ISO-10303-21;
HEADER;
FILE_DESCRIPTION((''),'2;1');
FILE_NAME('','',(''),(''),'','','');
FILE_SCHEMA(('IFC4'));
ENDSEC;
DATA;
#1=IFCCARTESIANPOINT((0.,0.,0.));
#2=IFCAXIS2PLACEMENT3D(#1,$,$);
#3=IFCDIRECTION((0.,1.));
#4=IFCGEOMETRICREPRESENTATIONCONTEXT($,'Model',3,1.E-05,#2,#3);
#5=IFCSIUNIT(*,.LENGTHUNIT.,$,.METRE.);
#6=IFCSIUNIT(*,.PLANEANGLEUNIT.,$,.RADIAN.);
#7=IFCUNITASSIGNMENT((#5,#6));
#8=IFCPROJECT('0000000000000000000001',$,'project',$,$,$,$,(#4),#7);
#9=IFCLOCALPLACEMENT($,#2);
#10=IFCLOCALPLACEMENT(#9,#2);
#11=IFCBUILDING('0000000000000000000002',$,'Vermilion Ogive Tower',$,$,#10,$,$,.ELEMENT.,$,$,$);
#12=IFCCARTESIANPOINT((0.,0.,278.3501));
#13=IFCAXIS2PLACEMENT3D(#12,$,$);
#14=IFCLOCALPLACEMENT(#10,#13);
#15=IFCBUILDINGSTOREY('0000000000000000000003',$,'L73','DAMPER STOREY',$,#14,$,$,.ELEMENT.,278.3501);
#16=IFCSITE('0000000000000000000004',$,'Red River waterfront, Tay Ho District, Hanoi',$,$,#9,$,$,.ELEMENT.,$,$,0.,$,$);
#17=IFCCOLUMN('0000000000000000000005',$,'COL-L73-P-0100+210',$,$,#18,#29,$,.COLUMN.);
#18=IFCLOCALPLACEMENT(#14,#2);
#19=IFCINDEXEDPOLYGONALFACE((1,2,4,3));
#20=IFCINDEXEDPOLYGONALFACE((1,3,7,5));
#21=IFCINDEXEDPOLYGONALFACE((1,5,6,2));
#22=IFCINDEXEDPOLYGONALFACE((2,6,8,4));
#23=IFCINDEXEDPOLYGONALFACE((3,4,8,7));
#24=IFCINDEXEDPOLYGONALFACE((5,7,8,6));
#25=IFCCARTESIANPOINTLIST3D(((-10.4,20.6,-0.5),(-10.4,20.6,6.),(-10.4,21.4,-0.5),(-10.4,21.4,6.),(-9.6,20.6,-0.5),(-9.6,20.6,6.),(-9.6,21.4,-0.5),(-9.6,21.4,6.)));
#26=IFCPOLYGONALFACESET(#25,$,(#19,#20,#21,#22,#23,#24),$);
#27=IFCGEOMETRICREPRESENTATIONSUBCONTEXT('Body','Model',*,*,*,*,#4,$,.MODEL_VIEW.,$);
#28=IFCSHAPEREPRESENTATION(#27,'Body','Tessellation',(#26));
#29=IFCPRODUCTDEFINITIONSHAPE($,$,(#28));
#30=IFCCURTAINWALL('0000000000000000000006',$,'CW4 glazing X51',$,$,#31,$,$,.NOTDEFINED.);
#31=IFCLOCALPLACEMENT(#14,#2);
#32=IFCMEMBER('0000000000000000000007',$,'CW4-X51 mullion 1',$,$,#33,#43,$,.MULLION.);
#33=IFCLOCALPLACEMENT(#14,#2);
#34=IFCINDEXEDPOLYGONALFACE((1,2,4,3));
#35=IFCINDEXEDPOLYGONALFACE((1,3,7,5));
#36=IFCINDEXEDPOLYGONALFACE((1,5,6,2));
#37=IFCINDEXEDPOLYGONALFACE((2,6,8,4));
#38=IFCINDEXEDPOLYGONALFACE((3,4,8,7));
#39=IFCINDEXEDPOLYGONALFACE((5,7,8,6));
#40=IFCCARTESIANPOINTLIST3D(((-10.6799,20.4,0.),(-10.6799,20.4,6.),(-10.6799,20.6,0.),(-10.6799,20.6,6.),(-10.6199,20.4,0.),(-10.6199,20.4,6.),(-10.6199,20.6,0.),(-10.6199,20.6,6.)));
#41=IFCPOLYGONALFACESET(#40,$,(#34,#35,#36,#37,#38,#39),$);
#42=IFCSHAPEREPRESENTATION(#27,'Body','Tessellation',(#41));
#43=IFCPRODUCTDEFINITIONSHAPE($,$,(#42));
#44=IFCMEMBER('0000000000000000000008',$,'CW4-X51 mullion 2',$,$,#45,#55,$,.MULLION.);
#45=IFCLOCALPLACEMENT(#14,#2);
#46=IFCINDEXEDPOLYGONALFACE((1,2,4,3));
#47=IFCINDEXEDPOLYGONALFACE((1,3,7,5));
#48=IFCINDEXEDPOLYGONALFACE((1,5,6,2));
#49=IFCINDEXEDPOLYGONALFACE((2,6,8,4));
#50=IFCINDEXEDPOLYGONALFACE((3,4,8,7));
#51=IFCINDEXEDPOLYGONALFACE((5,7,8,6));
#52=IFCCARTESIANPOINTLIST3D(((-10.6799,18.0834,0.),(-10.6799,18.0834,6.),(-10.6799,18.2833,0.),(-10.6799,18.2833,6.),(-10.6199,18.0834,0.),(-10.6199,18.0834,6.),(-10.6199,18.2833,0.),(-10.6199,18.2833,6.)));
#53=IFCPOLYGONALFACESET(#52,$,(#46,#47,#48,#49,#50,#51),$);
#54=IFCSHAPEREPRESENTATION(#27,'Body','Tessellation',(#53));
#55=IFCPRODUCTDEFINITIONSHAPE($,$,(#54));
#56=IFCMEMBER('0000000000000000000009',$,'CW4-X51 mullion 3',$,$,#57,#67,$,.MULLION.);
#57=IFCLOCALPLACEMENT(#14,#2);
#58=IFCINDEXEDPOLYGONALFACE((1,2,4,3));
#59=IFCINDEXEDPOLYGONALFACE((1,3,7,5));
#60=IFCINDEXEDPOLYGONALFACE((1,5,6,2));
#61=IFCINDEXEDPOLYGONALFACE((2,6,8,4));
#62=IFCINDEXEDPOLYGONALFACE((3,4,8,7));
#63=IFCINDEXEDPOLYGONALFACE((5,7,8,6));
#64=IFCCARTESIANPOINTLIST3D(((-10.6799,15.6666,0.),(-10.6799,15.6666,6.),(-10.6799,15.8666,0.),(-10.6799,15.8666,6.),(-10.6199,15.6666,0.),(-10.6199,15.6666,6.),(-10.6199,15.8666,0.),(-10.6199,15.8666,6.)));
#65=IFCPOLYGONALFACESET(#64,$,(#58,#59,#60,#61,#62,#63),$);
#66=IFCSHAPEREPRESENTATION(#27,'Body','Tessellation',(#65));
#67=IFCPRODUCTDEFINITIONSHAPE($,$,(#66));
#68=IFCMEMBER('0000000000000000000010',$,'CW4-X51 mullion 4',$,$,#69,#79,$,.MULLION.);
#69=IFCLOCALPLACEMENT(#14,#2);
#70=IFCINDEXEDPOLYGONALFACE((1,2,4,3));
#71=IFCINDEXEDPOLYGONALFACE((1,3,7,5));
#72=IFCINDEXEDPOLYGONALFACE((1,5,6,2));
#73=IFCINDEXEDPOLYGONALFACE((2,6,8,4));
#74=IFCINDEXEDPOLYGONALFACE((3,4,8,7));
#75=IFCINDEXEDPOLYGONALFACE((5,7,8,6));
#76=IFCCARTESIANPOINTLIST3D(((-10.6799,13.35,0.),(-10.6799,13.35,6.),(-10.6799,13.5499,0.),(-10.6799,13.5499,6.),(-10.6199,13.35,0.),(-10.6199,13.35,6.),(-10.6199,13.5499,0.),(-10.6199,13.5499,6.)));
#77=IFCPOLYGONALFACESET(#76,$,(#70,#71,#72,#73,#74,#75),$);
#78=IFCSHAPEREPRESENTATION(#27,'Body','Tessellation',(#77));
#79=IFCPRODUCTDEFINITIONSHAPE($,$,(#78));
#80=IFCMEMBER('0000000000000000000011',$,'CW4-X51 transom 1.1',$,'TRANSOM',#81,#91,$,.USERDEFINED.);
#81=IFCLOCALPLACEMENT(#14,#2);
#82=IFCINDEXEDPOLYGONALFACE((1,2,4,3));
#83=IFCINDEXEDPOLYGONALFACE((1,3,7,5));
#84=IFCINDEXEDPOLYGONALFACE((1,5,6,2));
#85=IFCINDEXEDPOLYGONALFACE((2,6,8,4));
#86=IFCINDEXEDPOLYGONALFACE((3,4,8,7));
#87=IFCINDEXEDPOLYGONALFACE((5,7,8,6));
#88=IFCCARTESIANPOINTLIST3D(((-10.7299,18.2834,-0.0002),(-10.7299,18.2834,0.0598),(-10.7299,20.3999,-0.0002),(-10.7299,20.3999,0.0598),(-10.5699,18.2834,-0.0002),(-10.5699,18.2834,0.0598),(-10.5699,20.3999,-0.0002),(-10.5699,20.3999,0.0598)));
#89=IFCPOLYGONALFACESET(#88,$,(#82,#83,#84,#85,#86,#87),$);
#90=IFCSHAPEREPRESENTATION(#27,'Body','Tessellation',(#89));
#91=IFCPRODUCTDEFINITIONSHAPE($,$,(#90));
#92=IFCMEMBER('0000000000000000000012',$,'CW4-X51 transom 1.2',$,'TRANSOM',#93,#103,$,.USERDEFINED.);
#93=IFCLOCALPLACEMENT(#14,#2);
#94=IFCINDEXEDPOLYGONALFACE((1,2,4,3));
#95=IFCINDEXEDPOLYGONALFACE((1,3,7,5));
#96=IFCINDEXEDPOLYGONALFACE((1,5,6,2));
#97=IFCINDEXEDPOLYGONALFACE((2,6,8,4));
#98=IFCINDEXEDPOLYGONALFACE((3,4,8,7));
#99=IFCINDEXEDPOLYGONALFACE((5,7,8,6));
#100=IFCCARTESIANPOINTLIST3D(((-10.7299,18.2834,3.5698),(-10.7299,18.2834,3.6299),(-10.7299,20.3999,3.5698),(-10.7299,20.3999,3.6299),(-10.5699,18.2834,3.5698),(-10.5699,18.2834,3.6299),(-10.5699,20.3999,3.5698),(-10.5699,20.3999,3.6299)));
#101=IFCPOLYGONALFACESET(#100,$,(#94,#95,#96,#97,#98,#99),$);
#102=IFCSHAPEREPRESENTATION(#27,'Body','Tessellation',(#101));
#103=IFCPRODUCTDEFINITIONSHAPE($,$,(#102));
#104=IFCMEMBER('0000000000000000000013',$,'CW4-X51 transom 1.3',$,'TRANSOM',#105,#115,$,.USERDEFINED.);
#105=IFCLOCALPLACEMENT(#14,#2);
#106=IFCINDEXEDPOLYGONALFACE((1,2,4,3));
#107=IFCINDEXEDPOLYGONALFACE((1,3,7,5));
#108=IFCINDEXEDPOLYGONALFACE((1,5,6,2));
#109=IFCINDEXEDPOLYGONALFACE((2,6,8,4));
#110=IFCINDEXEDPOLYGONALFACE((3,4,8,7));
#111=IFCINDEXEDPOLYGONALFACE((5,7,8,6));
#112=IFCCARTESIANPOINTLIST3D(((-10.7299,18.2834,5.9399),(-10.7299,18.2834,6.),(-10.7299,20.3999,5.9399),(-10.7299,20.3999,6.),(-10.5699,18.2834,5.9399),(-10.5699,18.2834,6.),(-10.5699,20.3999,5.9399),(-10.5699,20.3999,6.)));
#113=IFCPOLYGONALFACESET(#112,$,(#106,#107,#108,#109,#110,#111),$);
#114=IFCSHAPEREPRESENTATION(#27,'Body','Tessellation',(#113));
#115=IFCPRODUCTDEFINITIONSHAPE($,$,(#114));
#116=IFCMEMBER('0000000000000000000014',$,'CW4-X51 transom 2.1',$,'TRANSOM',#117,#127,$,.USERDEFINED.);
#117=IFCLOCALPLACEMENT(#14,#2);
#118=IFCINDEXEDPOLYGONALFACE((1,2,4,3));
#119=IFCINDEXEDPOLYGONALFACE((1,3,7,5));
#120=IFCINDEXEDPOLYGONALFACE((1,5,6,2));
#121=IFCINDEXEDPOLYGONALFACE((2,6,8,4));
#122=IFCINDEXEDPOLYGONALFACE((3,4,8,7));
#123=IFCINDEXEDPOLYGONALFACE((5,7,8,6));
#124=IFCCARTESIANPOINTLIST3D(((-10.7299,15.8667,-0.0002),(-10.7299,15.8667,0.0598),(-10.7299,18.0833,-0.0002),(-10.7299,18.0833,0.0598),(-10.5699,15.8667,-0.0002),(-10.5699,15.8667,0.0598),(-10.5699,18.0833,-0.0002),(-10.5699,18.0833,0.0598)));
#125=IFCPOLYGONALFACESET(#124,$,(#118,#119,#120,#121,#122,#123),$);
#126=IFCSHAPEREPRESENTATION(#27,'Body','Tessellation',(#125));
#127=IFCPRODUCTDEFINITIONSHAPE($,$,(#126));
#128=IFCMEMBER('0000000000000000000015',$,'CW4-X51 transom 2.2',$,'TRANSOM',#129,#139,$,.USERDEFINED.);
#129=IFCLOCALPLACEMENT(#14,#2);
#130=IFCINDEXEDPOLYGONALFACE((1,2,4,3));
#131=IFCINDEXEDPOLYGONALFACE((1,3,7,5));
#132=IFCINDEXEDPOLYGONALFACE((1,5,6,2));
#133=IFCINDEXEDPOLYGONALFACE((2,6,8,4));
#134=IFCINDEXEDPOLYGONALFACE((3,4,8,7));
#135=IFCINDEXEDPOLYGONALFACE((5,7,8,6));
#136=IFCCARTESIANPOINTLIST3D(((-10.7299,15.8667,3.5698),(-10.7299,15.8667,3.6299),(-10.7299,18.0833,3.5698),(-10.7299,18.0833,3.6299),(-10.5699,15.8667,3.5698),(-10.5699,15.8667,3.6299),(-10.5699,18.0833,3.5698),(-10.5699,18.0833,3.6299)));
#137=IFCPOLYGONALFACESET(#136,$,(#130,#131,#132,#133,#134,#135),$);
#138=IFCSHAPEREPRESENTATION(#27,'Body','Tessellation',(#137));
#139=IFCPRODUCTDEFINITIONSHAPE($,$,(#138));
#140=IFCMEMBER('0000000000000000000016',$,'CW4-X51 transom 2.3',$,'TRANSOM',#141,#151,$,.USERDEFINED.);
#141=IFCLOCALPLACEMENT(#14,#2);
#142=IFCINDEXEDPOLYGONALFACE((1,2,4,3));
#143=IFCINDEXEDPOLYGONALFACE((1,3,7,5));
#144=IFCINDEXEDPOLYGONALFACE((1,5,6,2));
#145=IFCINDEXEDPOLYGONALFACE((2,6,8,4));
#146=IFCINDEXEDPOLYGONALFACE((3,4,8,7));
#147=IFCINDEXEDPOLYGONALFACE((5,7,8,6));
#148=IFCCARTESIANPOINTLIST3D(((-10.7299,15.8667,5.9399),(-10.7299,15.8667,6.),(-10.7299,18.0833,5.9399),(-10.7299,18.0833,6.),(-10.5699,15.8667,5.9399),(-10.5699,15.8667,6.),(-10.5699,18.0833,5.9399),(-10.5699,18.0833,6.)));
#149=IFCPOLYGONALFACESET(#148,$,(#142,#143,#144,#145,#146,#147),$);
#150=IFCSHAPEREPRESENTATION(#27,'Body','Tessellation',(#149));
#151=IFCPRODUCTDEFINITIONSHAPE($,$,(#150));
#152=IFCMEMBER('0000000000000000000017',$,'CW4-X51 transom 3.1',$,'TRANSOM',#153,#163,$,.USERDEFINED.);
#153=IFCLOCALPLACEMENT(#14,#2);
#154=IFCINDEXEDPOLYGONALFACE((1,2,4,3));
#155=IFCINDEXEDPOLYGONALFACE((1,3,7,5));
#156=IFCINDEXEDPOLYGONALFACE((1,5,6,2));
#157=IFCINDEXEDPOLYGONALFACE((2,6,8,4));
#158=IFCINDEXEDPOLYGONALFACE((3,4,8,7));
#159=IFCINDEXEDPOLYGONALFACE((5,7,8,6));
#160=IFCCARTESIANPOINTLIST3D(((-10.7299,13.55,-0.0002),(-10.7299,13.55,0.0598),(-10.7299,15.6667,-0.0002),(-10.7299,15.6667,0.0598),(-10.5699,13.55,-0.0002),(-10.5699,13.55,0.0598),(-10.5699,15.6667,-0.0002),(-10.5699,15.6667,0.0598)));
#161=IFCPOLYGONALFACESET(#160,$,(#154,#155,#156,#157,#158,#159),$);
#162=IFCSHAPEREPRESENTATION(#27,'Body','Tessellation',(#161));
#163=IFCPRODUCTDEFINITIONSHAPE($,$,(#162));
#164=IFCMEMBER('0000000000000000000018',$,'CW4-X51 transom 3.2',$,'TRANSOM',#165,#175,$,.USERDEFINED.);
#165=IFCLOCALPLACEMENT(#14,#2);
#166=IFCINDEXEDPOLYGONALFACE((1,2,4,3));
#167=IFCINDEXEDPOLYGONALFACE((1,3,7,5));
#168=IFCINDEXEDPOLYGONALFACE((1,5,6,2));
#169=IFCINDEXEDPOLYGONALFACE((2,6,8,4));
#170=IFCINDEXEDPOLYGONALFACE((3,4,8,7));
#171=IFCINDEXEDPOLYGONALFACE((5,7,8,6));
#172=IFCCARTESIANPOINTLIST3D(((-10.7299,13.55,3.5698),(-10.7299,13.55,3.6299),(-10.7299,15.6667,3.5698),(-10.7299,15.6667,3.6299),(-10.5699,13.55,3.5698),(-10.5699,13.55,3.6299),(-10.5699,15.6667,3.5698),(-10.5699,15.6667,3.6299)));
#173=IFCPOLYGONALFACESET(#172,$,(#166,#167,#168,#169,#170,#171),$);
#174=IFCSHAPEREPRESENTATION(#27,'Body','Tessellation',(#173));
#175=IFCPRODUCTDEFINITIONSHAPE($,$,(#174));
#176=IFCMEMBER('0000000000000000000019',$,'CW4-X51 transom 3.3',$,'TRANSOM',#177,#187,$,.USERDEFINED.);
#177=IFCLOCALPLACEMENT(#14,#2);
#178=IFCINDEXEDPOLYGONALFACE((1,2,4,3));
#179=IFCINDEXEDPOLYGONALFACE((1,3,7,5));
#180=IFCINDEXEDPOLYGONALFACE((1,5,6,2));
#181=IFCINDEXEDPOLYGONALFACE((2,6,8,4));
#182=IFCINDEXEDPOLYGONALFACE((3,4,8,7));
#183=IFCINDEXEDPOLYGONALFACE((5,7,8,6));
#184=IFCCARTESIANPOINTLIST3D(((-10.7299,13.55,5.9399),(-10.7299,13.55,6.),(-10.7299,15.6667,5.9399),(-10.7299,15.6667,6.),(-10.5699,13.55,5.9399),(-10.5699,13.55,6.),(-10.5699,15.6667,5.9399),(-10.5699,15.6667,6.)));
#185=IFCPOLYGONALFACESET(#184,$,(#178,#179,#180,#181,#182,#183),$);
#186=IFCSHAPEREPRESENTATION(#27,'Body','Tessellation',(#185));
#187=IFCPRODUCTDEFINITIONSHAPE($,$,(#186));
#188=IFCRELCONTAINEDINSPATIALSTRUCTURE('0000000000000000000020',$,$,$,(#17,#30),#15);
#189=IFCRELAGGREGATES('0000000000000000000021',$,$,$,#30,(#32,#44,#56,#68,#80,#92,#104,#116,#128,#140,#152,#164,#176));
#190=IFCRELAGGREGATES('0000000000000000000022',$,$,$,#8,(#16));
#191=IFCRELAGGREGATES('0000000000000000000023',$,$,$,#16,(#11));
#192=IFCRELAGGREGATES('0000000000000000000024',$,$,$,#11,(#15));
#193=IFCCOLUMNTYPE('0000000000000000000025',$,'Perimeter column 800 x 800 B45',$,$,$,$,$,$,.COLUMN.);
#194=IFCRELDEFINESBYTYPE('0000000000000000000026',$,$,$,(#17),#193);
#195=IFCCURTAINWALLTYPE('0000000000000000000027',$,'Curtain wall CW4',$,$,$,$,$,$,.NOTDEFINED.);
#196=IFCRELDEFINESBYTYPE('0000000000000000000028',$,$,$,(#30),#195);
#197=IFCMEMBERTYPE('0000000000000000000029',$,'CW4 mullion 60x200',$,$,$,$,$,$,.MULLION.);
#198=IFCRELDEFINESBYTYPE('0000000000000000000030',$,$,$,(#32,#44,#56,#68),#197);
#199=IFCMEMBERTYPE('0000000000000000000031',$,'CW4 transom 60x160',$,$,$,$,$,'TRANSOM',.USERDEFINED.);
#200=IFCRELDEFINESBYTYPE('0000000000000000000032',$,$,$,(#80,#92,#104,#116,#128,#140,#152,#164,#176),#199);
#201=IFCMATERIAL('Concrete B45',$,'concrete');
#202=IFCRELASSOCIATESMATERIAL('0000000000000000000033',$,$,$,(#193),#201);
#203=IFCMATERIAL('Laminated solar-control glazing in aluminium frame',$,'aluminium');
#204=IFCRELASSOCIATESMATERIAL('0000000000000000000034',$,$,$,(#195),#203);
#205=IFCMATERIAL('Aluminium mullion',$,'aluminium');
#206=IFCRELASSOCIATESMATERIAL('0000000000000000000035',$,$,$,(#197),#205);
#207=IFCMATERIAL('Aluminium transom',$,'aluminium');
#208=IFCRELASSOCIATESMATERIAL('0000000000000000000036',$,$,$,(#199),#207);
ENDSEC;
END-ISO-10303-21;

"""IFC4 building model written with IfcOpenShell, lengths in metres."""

from ifc_helpers import new_model, si_unit, direction, frame, origin, origin_2d, place, context, subcontext, project, spatial, rectangle, extrude, material, material_profile, profile_set, type_object, element, aggregate, save


model = new_model("IFC4")

# Units and contexts
model_context = context("Model", 3, precision=1e-05, world=origin(), true_north=direction((0.0, 1.0)))
body_context = subcontext(model_context, "Body", "Model", "MODEL_VIEW")
ifc_project = project(units=[si_unit("LENGTHUNIT", "METRE"), si_unit("PLANEANGLEUNIT", "RADIAN")], contexts=[model_context])

# Site, building, storey
site_placement = place(None, origin())
site = spatial("IfcSite", under=ifc_project, at=site_placement, Name="Red River waterfront, Tay Ho District, Hanoi", CompositionType="ELEMENT", RefElevation=0.0)
building_placement = place(site_placement, origin())
building = spatial("IfcBuilding", under=site, at=building_placement, Name="Vermilion Ogive Tower", CompositionType="ELEMENT")
storey_placement = place(building_placement, frame((0.0, 0.0, 278.3501)))
storey = spatial("IfcBuildingStorey", under=building, at=storey_placement, Name="L73", Description="DAMPER STOREY", CompositionType="ELEMENT", Elevation=278.3501)

# Column
ifc_material_1 = material(Name="Concrete B45", Category="concrete")
ifc_material_profile_1 = material_profile(ifc_material_1, rectangle(XDim=0.8, YDim=0.8, at=origin_2d()), Name="800 x 800")
ifc_profile_set_1 = profile_set([ifc_material_profile_1], Name="Concrete B45")
column_type = type_object("IfcColumnType", Name="Perimeter column 800 x 800 B45", PredefinedType="COLUMN", material=ifc_profile_set_1)
column_placement = place(storey_placement, frame((-10.0, 21.0, -0.5), z_axis=(0.0, 0.0, 1.0), x_axis=(1.0, 0.0, 0.0)))
element("IfcColumn", 1, at=column_placement, inside=storey, type_object=column_type, Name="COL-L73-P-0100+210", PredefinedType="COLUMN", context=body_context, shape_type="SweptSolid", body=[
    extrude(rectangle(XDim=0.8, YDim=0.8, at=origin_2d()), origin(), (0.0, 0.0, 1.0), 6.5),
])

# Curtain wall, members
ifc_material_2 = material(Name="Laminated solar-control glazing in aluminium frame", Category="aluminium")
curtain_wall_type = type_object("IfcCurtainWallType", Name="Curtain wall CW4", PredefinedType="NOTDEFINED", material=ifc_material_2)
curtain_wall_placement = place(storey_placement, origin())
curtain_wall = element("IfcCurtainWall", 2, at=curtain_wall_placement, inside=storey, type_object=curtain_wall_type, Name="CW4 glazing X51", PredefinedType="NOTDEFINED")
ifc_material_3 = material(Name="Aluminium mullion", Category="aluminium")
ifc_material_profile_2 = material_profile(ifc_material_3, rectangle(XDim=0.0601, YDim=0.2, at=origin_2d()), Name="AL 60x200")
ifc_profile_set_2 = profile_set([ifc_material_profile_2], Name="Aluminium mullion")
member_type_1 = type_object("IfcMemberType", Name="CW4 mullion 60x200", PredefinedType="MULLION", material=ifc_profile_set_2)
member_1_placement = place(storey_placement, frame((-10.6499, 20.5, 0.0), z_axis=(0.0, 0.0, 1.0), x_axis=(1.0, 0.0, 0.0)))
member_1 = element("IfcMember", 3, at=member_1_placement, type_object=member_type_1, Name="CW4-X51 mullion 1", PredefinedType="MULLION", context=body_context, shape_type="SweptSolid", body=[
    extrude(rectangle(XDim=0.0601, YDim=0.2, at=origin_2d()), origin(), (0.0, 0.0, 1.0), 6.0),
])
member_2_placement = place(storey_placement, frame((-10.6499, 18.1833, 0.0), z_axis=(0.0, 0.0, 1.0), x_axis=(1.0, 0.0, 0.0)))
member_2 = element("IfcMember", 4, at=member_2_placement, type_object=member_type_1, Name="CW4-X51 mullion 2", PredefinedType="MULLION", context=body_context, shape_type="SweptSolid", body=[
    extrude(rectangle(XDim=0.0601, YDim=0.2, at=origin_2d()), origin(), (0.0, 0.0, 1.0), 6.0),
])
member_3_placement = place(storey_placement, frame((-10.6499, 15.7666, 0.0), z_axis=(0.0, 0.0, 1.0), x_axis=(1.0, 0.0, 0.0)))
member_3 = element("IfcMember", 5, at=member_3_placement, type_object=member_type_1, Name="CW4-X51 mullion 3", PredefinedType="MULLION", context=body_context, shape_type="SweptSolid", body=[
    extrude(rectangle(XDim=0.0601, YDim=0.2, at=origin_2d()), origin(), (0.0, 0.0, 1.0), 6.0),
])
member_4_placement = place(storey_placement, frame((-10.6499, 13.45, 0.0), z_axis=(0.0, 0.0, 1.0), x_axis=(1.0, 0.0, 0.0)))
member_4 = element("IfcMember", 6, at=member_4_placement, type_object=member_type_1, Name="CW4-X51 mullion 4", PredefinedType="MULLION", context=body_context, shape_type="SweptSolid", body=[
    extrude(rectangle(XDim=0.0601, YDim=0.2, at=origin_2d()), origin(), (0.0, 0.0, 1.0), 6.0),
])
ifc_material_4 = material(Name="Aluminium transom", Category="aluminium")
ifc_material_profile_3 = material_profile(ifc_material_4, rectangle(XDim=0.1599, YDim=0.0601, at=origin_2d()), Name="AL 60x160")
ifc_profile_set_3 = profile_set([ifc_material_profile_3], Name="Aluminium transom")
member_type_2 = type_object("IfcMemberType", Name="CW4 transom 60x160", ElementType="TRANSOM", PredefinedType="USERDEFINED", material=ifc_profile_set_3)
member_5_placement = place(storey_placement, frame((-10.6499, 20.3999, 0.0298), z_axis=(0.0, -1.0, 0.0), x_axis=(1.0, 0.0, 0.0)))
member_5 = element("IfcMember", 7, at=member_5_placement, type_object=member_type_2, Name="CW4-X51 transom 1.1", ObjectType="TRANSOM", PredefinedType="USERDEFINED", context=body_context, shape_type="SweptSolid", body=[
    extrude(rectangle(XDim=0.1599, YDim=0.0601, at=origin_2d()), origin(), (0.0, 0.0, 1.0), 2.1165),
])
member_6_placement = place(storey_placement, frame((-10.6499, 20.3999, 3.5999), z_axis=(0.0, -1.0, 0.0), x_axis=(1.0, 0.0, 0.0)))
member_6 = element("IfcMember", 8, at=member_6_placement, type_object=member_type_2, Name="CW4-X51 transom 1.2", ObjectType="TRANSOM", PredefinedType="USERDEFINED", context=body_context, shape_type="SweptSolid", body=[
    extrude(rectangle(XDim=0.1599, YDim=0.0601, at=origin_2d()), origin(), (0.0, 0.0, 1.0), 2.1165),
])
member_7_placement = place(storey_placement, frame((-10.6499, 20.3999, 5.97), z_axis=(0.0, -1.0, 0.0), x_axis=(1.0, 0.0, 0.0)))
member_7 = element("IfcMember", 9, at=member_7_placement, type_object=member_type_2, Name="CW4-X51 transom 1.3", ObjectType="TRANSOM", PredefinedType="USERDEFINED", context=body_context, shape_type="SweptSolid", body=[
    extrude(rectangle(XDim=0.1599, YDim=0.0601, at=origin_2d()), origin(), (0.0, 0.0, 1.0), 2.1165),
])
member_8_placement = place(storey_placement, frame((-10.6499, 18.0833, 0.0298), z_axis=(0.0, -1.0, 0.0), x_axis=(1.0, 0.0, 0.0)))
member_8 = element("IfcMember", 10, at=member_8_placement, type_object=member_type_2, Name="CW4-X51 transom 2.1", ObjectType="TRANSOM", PredefinedType="USERDEFINED", context=body_context, shape_type="SweptSolid", body=[
    extrude(rectangle(XDim=0.1599, YDim=0.0601, at=origin_2d()), origin(), (0.0, 0.0, 1.0), 2.2166),
])
member_9_placement = place(storey_placement, frame((-10.6499, 18.0833, 3.5999), z_axis=(0.0, -1.0, 0.0), x_axis=(1.0, 0.0, 0.0)))
member_9 = element("IfcMember", 11, at=member_9_placement, type_object=member_type_2, Name="CW4-X51 transom 2.2", ObjectType="TRANSOM", PredefinedType="USERDEFINED", context=body_context, shape_type="SweptSolid", body=[
    extrude(rectangle(XDim=0.1599, YDim=0.0601, at=origin_2d()), origin(), (0.0, 0.0, 1.0), 2.2166),
])
member_10_placement = place(storey_placement, frame((-10.6499, 18.0833, 5.97), z_axis=(0.0, -1.0, 0.0), x_axis=(1.0, 0.0, 0.0)))
member_10 = element("IfcMember", 12, at=member_10_placement, type_object=member_type_2, Name="CW4-X51 transom 2.3", ObjectType="TRANSOM", PredefinedType="USERDEFINED", context=body_context, shape_type="SweptSolid", body=[
    extrude(rectangle(XDim=0.1599, YDim=0.0601, at=origin_2d()), origin(), (0.0, 0.0, 1.0), 2.2166),
])
member_11_placement = place(storey_placement, frame((-10.6499, 15.6667, 0.0298), z_axis=(0.0, -1.0, 0.0), x_axis=(1.0, 0.0, 0.0)))
member_11 = element("IfcMember", 13, at=member_11_placement, type_object=member_type_2, Name="CW4-X51 transom 3.1", ObjectType="TRANSOM", PredefinedType="USERDEFINED", context=body_context, shape_type="SweptSolid", body=[
    extrude(rectangle(XDim=0.1599, YDim=0.0601, at=origin_2d()), origin(), (0.0, 0.0, 1.0), 2.1167),
])
member_12_placement = place(storey_placement, frame((-10.6499, 15.6667, 3.5999), z_axis=(0.0, -1.0, 0.0), x_axis=(1.0, 0.0, 0.0)))
member_12 = element("IfcMember", 14, at=member_12_placement, type_object=member_type_2, Name="CW4-X51 transom 3.2", ObjectType="TRANSOM", PredefinedType="USERDEFINED", context=body_context, shape_type="SweptSolid", body=[
    extrude(rectangle(XDim=0.1599, YDim=0.0601, at=origin_2d()), origin(), (0.0, 0.0, 1.0), 2.1167),
])
member_13_placement = place(storey_placement, frame((-10.6499, 15.6667, 5.97), z_axis=(0.0, -1.0, 0.0), x_axis=(1.0, 0.0, 0.0)))
member_13 = element("IfcMember", 15, at=member_13_placement, type_object=member_type_2, Name="CW4-X51 transom 3.3", ObjectType="TRANSOM", PredefinedType="USERDEFINED", context=body_context, shape_type="SweptSolid", body=[
    extrude(rectangle(XDim=0.1599, YDim=0.0601, at=origin_2d()), origin(), (0.0, 0.0, 1.0), 2.1167),
])
aggregate(curtain_wall, [member_1, member_2, member_3, member_4, member_5, member_6, member_7, member_8, member_9, member_10, member_11, member_12, member_13])

save(model, "model.ifc")
